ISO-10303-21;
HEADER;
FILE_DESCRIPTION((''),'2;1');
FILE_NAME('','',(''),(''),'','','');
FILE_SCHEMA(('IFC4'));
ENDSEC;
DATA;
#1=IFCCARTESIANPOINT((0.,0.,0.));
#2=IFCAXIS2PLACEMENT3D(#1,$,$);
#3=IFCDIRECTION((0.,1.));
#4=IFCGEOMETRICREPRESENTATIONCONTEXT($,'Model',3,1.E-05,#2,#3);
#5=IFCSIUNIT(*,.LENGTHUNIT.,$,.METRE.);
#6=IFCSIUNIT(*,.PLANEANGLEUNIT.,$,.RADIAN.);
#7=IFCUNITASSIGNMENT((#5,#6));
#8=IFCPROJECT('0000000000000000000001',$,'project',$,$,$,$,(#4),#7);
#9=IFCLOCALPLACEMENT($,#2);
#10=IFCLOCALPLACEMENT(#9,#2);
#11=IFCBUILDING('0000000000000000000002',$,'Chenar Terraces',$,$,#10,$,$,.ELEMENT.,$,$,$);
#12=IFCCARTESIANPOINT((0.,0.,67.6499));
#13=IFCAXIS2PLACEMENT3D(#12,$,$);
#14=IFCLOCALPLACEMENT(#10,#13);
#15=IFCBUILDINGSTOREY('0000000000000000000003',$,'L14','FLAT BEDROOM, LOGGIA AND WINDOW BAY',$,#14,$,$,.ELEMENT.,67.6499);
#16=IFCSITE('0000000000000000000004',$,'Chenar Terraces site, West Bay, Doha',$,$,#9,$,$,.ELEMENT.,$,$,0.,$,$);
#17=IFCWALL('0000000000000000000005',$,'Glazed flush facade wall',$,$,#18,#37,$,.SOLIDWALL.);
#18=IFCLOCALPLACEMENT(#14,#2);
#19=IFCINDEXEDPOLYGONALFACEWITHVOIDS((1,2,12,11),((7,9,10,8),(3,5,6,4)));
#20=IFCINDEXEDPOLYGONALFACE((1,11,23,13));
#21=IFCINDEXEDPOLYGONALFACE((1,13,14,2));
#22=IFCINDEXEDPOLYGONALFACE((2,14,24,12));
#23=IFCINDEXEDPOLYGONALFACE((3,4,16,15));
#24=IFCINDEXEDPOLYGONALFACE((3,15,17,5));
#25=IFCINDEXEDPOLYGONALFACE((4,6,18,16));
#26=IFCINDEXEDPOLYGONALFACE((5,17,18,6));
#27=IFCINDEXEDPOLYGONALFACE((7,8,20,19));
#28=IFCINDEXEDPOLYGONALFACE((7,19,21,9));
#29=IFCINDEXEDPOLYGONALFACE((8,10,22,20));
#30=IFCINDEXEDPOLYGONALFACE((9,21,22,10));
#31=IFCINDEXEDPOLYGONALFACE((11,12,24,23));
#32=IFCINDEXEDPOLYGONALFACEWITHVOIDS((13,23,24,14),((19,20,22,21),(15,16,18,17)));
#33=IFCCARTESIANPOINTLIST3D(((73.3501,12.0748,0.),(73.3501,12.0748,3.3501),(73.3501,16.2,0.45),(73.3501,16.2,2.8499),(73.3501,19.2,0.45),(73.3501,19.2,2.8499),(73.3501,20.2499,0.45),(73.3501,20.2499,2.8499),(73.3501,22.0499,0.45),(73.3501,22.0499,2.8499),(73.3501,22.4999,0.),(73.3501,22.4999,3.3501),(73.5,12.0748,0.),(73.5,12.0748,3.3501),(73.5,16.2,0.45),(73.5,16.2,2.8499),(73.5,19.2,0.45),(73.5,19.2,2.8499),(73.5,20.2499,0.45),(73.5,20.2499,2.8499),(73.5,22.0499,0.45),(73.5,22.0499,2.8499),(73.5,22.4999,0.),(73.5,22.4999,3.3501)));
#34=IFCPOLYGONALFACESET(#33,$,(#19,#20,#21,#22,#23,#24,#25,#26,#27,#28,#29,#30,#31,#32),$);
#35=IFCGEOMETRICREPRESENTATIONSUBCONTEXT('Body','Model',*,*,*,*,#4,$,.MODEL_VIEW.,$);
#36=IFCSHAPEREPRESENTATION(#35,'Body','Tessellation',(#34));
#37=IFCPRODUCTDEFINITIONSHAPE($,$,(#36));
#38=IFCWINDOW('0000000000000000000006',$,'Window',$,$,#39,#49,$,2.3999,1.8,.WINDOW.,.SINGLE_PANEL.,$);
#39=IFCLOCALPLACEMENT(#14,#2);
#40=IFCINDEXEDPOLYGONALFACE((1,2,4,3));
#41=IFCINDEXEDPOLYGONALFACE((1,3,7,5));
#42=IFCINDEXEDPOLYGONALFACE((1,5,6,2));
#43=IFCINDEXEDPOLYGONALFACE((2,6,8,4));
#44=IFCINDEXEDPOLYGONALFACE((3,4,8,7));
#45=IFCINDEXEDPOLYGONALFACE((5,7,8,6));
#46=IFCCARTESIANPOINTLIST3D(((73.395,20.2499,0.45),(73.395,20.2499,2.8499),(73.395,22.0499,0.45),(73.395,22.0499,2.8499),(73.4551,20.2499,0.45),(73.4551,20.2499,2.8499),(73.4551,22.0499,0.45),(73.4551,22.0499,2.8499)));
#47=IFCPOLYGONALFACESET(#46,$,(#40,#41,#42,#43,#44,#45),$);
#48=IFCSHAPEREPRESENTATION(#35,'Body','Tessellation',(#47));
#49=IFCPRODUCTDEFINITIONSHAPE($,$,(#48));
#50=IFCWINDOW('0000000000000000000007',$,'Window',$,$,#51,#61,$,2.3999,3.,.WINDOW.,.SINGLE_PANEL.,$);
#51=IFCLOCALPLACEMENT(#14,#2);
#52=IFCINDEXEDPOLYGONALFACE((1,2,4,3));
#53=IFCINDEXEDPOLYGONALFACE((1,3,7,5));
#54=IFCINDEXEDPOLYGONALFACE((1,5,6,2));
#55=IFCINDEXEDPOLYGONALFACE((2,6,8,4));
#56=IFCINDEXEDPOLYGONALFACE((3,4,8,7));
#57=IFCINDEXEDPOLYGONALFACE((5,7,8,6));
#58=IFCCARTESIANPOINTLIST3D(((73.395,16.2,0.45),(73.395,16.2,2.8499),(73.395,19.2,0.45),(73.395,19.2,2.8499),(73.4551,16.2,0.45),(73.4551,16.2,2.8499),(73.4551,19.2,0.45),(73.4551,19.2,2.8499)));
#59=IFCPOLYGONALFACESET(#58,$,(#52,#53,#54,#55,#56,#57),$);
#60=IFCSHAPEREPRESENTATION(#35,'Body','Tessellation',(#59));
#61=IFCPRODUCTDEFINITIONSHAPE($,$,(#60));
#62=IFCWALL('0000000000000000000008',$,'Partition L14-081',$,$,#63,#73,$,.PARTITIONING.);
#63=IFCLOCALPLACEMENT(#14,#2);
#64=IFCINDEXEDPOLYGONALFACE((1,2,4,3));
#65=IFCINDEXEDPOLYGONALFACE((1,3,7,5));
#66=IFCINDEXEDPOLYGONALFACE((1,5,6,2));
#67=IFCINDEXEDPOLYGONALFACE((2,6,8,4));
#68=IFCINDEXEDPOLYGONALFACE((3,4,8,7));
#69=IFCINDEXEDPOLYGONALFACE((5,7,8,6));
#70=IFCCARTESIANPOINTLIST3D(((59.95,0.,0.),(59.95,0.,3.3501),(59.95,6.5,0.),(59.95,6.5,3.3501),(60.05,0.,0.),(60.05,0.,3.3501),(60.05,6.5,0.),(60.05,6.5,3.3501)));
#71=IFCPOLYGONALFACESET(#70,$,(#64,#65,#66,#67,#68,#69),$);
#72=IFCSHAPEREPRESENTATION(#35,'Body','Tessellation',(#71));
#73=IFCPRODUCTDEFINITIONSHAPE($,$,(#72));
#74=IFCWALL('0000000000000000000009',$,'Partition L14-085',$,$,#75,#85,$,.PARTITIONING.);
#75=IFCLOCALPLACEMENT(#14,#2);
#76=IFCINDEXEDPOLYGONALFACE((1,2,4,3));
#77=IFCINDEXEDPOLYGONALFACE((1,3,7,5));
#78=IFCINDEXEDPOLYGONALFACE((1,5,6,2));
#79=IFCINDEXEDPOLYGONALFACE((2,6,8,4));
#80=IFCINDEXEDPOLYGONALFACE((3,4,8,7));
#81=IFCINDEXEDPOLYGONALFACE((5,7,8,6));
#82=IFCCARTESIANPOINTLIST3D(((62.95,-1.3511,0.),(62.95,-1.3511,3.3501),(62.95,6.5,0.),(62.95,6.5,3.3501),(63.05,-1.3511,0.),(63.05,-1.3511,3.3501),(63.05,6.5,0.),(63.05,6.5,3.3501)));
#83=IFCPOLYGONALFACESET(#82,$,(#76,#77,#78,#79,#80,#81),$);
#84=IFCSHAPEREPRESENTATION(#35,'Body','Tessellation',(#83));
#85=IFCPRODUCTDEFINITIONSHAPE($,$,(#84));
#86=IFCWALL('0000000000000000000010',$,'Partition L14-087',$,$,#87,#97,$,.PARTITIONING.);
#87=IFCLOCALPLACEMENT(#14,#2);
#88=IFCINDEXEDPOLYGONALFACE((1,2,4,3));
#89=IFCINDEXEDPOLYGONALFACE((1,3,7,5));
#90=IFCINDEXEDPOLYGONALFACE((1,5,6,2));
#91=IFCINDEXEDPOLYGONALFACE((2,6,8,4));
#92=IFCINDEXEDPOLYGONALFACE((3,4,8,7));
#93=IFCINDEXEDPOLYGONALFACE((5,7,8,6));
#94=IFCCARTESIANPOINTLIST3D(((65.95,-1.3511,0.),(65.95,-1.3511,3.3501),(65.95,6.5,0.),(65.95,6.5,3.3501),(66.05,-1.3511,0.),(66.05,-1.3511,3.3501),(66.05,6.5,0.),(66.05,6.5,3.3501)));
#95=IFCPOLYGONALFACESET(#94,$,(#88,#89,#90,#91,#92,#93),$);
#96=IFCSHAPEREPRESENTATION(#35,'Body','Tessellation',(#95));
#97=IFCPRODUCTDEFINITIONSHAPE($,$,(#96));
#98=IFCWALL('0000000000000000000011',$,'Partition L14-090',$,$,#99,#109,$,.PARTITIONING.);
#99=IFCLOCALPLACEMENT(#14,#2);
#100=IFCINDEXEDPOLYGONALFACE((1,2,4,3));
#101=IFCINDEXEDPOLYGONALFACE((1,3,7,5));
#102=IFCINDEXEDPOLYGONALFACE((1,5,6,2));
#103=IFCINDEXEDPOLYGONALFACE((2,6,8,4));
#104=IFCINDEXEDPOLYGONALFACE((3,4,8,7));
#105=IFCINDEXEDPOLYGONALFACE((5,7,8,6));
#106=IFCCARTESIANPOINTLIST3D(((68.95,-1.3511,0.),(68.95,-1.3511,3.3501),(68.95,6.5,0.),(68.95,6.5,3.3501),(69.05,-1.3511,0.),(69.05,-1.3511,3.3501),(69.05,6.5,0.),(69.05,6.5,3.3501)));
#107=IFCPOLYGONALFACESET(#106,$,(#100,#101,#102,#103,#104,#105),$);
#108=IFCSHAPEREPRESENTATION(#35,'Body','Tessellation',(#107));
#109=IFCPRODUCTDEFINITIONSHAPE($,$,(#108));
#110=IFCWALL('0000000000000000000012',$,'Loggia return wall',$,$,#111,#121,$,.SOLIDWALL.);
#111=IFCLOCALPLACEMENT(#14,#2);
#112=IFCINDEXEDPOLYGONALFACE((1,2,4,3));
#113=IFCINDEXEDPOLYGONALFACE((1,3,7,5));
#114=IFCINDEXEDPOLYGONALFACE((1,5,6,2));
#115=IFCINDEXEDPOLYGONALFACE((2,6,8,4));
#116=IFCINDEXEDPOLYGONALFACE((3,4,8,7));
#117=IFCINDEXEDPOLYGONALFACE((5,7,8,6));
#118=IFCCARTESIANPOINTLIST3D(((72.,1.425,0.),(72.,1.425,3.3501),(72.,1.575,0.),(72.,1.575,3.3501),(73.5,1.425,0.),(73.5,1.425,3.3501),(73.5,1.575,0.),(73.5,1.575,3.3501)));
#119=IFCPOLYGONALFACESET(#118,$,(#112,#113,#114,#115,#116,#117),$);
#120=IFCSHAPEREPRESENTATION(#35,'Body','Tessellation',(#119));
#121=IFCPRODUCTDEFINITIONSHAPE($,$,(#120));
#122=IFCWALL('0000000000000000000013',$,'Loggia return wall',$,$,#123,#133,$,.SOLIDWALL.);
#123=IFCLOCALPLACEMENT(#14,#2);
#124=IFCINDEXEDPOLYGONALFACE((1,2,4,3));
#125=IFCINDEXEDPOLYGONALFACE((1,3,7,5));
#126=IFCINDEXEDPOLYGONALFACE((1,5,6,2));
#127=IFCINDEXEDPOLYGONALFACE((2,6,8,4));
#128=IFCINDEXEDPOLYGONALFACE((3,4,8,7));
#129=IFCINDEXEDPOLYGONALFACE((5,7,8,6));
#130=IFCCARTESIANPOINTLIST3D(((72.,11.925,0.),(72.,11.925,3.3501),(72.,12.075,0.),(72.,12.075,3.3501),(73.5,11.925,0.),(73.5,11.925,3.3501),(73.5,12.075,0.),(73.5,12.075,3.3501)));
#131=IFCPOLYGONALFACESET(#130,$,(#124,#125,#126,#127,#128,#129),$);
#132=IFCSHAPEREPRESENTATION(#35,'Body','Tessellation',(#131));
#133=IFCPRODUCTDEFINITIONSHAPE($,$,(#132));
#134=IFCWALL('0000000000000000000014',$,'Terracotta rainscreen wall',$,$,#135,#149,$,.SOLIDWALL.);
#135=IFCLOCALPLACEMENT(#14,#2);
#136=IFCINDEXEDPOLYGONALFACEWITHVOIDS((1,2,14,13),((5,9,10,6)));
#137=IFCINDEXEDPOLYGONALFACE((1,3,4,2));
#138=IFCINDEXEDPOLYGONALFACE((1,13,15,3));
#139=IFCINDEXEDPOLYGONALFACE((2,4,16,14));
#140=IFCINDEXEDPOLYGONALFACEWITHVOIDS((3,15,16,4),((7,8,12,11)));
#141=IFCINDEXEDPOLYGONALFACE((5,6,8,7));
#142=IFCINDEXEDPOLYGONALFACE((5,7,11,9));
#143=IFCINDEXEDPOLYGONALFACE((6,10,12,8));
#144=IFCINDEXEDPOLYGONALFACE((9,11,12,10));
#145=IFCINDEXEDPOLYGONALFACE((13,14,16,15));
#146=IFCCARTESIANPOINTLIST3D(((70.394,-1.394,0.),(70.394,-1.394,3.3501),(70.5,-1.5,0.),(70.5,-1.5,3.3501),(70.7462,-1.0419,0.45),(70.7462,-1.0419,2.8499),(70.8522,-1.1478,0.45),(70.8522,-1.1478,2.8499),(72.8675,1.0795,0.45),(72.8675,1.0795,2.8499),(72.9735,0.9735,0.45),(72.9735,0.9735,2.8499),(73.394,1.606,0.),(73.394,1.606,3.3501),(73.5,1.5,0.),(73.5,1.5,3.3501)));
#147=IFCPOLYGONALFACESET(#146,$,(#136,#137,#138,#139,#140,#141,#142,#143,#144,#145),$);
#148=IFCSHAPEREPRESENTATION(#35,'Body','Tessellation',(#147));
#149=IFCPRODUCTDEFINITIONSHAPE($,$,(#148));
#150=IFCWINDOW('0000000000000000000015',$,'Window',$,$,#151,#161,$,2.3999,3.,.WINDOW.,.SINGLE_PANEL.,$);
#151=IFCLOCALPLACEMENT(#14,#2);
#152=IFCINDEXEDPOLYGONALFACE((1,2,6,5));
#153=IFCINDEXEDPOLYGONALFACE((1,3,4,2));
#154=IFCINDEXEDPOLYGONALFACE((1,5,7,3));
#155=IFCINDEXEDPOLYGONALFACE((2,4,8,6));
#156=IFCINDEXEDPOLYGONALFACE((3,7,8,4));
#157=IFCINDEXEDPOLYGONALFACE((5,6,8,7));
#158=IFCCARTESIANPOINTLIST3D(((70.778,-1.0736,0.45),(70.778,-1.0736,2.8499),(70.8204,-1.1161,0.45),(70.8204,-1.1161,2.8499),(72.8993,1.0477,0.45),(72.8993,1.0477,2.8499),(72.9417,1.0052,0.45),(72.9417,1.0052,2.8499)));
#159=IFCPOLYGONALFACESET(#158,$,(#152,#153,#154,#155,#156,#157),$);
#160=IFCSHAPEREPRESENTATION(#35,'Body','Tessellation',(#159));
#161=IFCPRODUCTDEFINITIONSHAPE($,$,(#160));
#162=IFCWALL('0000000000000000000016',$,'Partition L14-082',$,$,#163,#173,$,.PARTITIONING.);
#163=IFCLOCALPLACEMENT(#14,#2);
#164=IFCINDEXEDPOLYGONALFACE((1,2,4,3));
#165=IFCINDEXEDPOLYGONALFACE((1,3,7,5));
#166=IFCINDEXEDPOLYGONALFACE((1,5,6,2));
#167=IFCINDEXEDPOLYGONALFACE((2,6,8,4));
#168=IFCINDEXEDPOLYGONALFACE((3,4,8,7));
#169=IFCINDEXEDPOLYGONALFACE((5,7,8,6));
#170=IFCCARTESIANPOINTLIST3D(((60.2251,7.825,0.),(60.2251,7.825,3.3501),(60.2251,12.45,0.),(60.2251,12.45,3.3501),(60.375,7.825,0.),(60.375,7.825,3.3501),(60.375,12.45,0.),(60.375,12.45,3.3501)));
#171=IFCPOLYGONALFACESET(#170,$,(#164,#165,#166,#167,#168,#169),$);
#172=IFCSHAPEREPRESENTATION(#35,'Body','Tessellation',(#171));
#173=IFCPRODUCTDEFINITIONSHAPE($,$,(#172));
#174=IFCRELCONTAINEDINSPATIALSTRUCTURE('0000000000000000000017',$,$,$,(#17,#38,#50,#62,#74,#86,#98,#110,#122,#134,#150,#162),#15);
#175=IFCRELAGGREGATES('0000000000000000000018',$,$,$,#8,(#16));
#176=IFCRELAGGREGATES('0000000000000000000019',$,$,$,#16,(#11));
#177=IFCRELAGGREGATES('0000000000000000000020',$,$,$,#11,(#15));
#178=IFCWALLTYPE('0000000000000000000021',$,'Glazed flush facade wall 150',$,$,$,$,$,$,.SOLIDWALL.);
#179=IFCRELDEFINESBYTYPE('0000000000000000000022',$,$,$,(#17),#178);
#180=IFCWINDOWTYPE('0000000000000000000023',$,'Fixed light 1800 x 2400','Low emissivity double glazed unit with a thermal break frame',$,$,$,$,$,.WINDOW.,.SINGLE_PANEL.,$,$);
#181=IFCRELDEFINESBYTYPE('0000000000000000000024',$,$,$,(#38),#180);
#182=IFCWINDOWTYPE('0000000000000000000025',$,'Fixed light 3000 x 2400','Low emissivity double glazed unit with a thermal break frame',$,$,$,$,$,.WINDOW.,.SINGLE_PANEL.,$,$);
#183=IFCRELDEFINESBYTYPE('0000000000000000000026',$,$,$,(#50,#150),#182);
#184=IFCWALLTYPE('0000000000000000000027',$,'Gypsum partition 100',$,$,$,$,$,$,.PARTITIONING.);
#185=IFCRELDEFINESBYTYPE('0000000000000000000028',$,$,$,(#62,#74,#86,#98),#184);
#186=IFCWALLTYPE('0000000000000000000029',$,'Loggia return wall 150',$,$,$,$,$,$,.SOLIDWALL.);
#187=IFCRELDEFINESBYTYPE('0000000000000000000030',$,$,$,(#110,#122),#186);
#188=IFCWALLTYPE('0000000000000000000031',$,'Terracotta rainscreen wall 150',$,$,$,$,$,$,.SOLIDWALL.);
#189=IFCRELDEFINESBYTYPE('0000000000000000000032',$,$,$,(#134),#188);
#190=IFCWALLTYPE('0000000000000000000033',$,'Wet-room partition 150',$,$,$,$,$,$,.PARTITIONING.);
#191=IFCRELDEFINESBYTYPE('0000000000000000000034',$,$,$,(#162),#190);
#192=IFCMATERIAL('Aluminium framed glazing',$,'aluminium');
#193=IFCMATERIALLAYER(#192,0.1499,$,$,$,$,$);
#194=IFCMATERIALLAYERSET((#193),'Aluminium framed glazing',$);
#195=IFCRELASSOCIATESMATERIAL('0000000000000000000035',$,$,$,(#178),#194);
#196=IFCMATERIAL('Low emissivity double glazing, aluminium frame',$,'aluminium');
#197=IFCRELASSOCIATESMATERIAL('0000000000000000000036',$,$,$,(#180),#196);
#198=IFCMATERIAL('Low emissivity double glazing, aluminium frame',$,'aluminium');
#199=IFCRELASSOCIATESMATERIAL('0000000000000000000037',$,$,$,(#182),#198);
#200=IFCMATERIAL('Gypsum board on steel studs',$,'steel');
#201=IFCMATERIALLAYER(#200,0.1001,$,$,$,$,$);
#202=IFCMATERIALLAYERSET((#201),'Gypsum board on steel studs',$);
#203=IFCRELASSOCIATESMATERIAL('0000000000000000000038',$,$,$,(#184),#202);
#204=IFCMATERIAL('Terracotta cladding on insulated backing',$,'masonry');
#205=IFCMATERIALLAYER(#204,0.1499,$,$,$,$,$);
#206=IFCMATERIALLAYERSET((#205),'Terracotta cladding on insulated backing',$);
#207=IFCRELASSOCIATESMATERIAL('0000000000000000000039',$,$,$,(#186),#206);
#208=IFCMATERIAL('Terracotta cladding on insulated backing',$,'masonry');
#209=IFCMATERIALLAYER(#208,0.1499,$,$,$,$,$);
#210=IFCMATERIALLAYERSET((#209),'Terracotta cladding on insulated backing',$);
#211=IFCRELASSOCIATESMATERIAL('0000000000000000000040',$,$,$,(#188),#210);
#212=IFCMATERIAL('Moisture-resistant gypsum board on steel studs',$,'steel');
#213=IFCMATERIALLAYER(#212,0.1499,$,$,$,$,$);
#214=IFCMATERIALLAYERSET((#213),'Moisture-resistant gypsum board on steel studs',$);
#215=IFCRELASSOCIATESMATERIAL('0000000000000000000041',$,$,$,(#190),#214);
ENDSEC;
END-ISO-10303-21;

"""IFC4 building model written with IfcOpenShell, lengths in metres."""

from ifc_helpers import new_model, si_unit, direction, frame, frame_2d, origin, place, context, subcontext, project, spatial, rectangle, extrude, material, layer, layer_set, type_object, element, fill, save


model = new_model("IFC4")

# Units and contexts
model_context = context("Model", 3, precision=1e-05, world=origin(), true_north=direction((0.0, 1.0)))
body_context = subcontext(model_context, "Body", "Model", "MODEL_VIEW")
ifc_project = project(units=[si_unit("LENGTHUNIT", "METRE"), si_unit("PLANEANGLEUNIT", "RADIAN")], contexts=[model_context])

# Site, building, storey
site_placement = place(None, origin())
site = spatial("IfcSite", under=ifc_project, at=site_placement, Name="Chenar Terraces site, West Bay, Doha", CompositionType="ELEMENT", RefElevation=0.0)
building_placement = place(site_placement, origin())
building = spatial("IfcBuilding", under=site, at=building_placement, Name="Chenar Terraces", CompositionType="ELEMENT")
storey_placement = place(building_placement, frame((0.0, 0.0, 67.6499)))
storey = spatial("IfcBuildingStorey", under=building, at=storey_placement, Name="L14", Description="FLAT BEDROOM, LOGGIA AND WINDOW BAY", CompositionType="ELEMENT", Elevation=67.6499)

# Wall, openings, windows
ifc_material_1 = material(Name="Aluminium framed glazing", Category="aluminium")
ifc_layer_1 = layer(ifc_material_1, 0.1499)
ifc_layer_set_1 = layer_set([ifc_layer_1], Name="Aluminium framed glazing")
wall_type_1 = type_object("IfcWallType", Name="Glazed flush facade wall 150", PredefinedType="SOLIDWALL", material=ifc_layer_set_1)
ifc_material_2 = material(Name="Low emissivity double glazing, aluminium frame", Category="aluminium")
window_type_1 = type_object("IfcWindowType", Name="Fixed light 1800 x 2400", Description="Low emissivity double glazed unit with a thermal break frame", PartitioningType="SINGLE_PANEL", PredefinedType="WINDOW", material=ifc_material_2)
wall_1_placement = place(storey_placement, frame((73.425, 12.075, 0.0), z_axis=(0.0, 0.0, 1.0), x_axis=(0.0, 1.0, 0.0)))
wall_1 = element("IfcWall", 1, at=wall_1_placement, inside=storey, type_object=wall_type_1, Name="Glazed flush facade wall", PredefinedType="SOLIDWALL", context=body_context, shape_type="SweptSolid", body=[
    extrude(rectangle(XDim=10.425, YDim=0.1499, at=frame_2d((5.2124, 0.0))), origin(), (0.0, 0.0, 1.0), 3.3501),
])
opening_1_placement = place(wall_1_placement, frame((4.125, 0.0, 0.45)))
opening_1 = element("IfcOpeningElement", 2, at=opening_1_placement, cuts=wall_1, PredefinedType="OPENING", context=body_context, shape_type="SweptSolid", body=[
    extrude(rectangle(XDim=3.0, YDim=2.3999, at=frame_2d((1.5, 1.2))), frame((0.0, 0.085, 0.0), z_axis=(0.0, -1.0, 0.0), x_axis=(1.0, 0.0, 0.0)), (0.0, 0.0, 1.0), 0.1699),
])
opening_2_placement = place(wall_1_placement, frame((8.175, 0.0, 0.45)))
opening_2 = element("IfcOpeningElement", 3, at=opening_2_placement, cuts=wall_1, PredefinedType="OPENING", context=body_context, shape_type="SweptSolid", body=[
    extrude(rectangle(XDim=1.8, YDim=2.3999, at=frame_2d((0.8999, 1.2))), frame((0.0, 0.085, 0.0), z_axis=(0.0, -1.0, 0.0), x_axis=(1.0, 0.0, 0.0)), (0.0, 0.0, 1.0), 0.1699),
])
window_1_placement = place(opening_2_placement, origin())
window_1 = element("IfcWindow", 4, at=window_1_placement, inside=storey, type_object=window_type_1, Name="Window", OverallHeight=2.3999, OverallWidth=1.8, PartitioningType="SINGLE_PANEL", PredefinedType="WINDOW", context=body_context, shape_type="SweptSolid", body=[
    extrude(rectangle(XDim=1.8, YDim=2.3999, at=frame_2d((0.8999, 1.2))), frame((0.0, 0.03, 0.0), z_axis=(0.0, -1.0, 0.0), x_axis=(1.0, 0.0, 0.0)), (0.0, 0.0, 1.0), 0.0601),
])
fill(opening_2, window_1)
ifc_material_3 = material(Name="Low emissivity double glazing, aluminium frame", Category="aluminium")
window_type_2 = type_object("IfcWindowType", Name="Fixed light 3000 x 2400", Description="Low emissivity double glazed unit with a thermal break frame", PartitioningType="SINGLE_PANEL", PredefinedType="WINDOW", material=ifc_material_3)
window_2_placement = place(opening_1_placement, origin())
window_2 = element("IfcWindow", 5, at=window_2_placement, inside=storey, type_object=window_type_2, Name="Window", OverallHeight=2.3999, OverallWidth=3.0, PartitioningType="SINGLE_PANEL", PredefinedType="WINDOW", context=body_context, shape_type="SweptSolid", body=[
    extrude(rectangle(XDim=3.0, YDim=2.3999, at=frame_2d((1.5, 1.2))), frame((0.0, 0.03, 0.0), z_axis=(0.0, -1.0, 0.0), x_axis=(1.0, 0.0, 0.0)), (0.0, 0.0, 1.0), 0.0601),
])
fill(opening_1, window_2)

# Walls
ifc_material_4 = material(Name="Gypsum board on steel studs", Category="steel")
ifc_layer_2 = layer(ifc_material_4, 0.1001)
ifc_layer_set_2 = layer_set([ifc_layer_2], Name="Gypsum board on steel studs")
wall_type_2 = type_object("IfcWallType", Name="Gypsum partition 100", PredefinedType="PARTITIONING", material=ifc_layer_set_2)
wall_2_placement = place(storey_placement, frame((60.0, 0.0, 0.0), z_axis=(0.0, 0.0, 1.0), x_axis=(0.0, 1.0, 0.0)))
element("IfcWall", 6, at=wall_2_placement, inside=storey, type_object=wall_type_2, Name="Partition L14-081", PredefinedType="PARTITIONING", context=body_context, shape_type="SweptSolid", body=[
    extrude(rectangle(XDim=6.5, YDim=0.1001, at=frame_2d((3.25, 0.0))), origin(), (0.0, 0.0, 1.0), 3.3501),
])
for number, where, z_axis, x_axis, name in (
    (7, (63.0, -1.3511, 0.0), (0.0, 0.0, 1.0), (0.0, 1.0, 0.0), "Partition L14-085"),
    (8, (66.0, -1.3511, 0.0), (0.0, 0.0, 1.0), (0.0, 1.0, 0.0), "Partition L14-087"),
    (9, (69.0, -1.3511, 0.0), (0.0, 0.0, 1.0), (0.0, 1.0, 0.0), "Partition L14-090"),
):
    element("IfcWall", number, at=place(storey_placement, frame(where, z_axis=z_axis, x_axis=x_axis)), inside=storey, type_object=wall_type_2, Name=name, PredefinedType="PARTITIONING", context=body_context, shape_type="SweptSolid", body=[
        extrude(rectangle(XDim=7.8511, YDim=0.1001, at=frame_2d((3.9255, 0.0))), origin(), (0.0, 0.0, 1.0), 3.3501),
    ])
ifc_material_5 = material(Name="Terracotta cladding on insulated backing", Category="masonry")
ifc_layer_3 = layer(ifc_material_5, 0.1499)
ifc_layer_set_3 = layer_set([ifc_layer_3], Name="Terracotta cladding on insulated backing")
wall_type_3 = type_object("IfcWallType", Name="Loggia return wall 150", PredefinedType="SOLIDWALL", material=ifc_layer_set_3)
for number, where, z_axis, x_axis, name in (
    (10, (73.5, 1.5, 0.0), (0.0, 0.0, 1.0), (-1.0, 0.0, 0.0), "Loggia return wall"),
    (11, (73.5, 12.0, 0.0), (0.0, 0.0, 1.0), (-1.0, 0.0, 0.0), "Loggia return wall"),
):
    element("IfcWall", number, at=place(storey_placement, frame(where, z_axis=z_axis, x_axis=x_axis)), inside=storey, type_object=wall_type_3, Name=name, PredefinedType="SOLIDWALL", context=body_context, shape_type="SweptSolid", body=[
        extrude(rectangle(XDim=1.5, YDim=0.1499, at=frame_2d((0.75, 0.0))), origin(), (0.0, 0.0, 1.0), 3.3501),
    ])

# Wall, opening, window
ifc_material_6 = material(Name="Terracotta cladding on insulated backing", Category="masonry")
ifc_layer_4 = layer(ifc_material_6, 0.1499)
ifc_layer_set_4 = layer_set([ifc_layer_4], Name="Terracotta cladding on insulated backing")
wall_type_4 = type_object("IfcWallType", Name="Terracotta rainscreen wall 150", PredefinedType="SOLIDWALL", material=ifc_layer_set_4)
wall_3_placement = place(storey_placement, frame((70.447, -1.447, 0.0), z_axis=(0.0, 0.0, 1.0), x_axis=(0.707107, 0.707107, 0.0)))
wall_3 = element("IfcWall", 12, at=wall_3_placement, inside=storey, type_object=wall_type_4, Name="Terracotta rainscreen wall", PredefinedType="SOLIDWALL", context=body_context, shape_type="SweptSolid", body=[
    extrude(rectangle(XDim=4.2427, YDim=0.1499, at=frame_2d((2.1213, 0.0))), origin(), (0.0, 0.0, 1.0), 3.3501),
])
opening_3_placement = place(wall_3_placement, frame((0.498, 0.0, 0.45)))
opening_3 = element("IfcOpeningElement", 13, at=opening_3_placement, cuts=wall_3, PredefinedType="OPENING", context=body_context, shape_type="SweptSolid", body=[
    extrude(rectangle(XDim=3.0, YDim=2.3999, at=frame_2d((1.5, 1.2))), frame((0.0, 0.085, 0.0), z_axis=(0.0, -1.0, 0.0), x_axis=(1.0, 0.0, 0.0)), (0.0, 0.0, 1.0), 0.1699),
])
window_3_placement = place(opening_3_placement, origin())
window_3 = element("IfcWindow", 14, at=window_3_placement, inside=storey, type_object=window_type_2, Name="Window", OverallHeight=2.3999, OverallWidth=3.0, PartitioningType="SINGLE_PANEL", PredefinedType="WINDOW", context=body_context, shape_type="SweptSolid", body=[
    extrude(rectangle(XDim=3.0, YDim=2.3999, at=frame_2d((1.5, 1.2))), frame((0.0, 0.03, 0.0), z_axis=(0.0, -1.0, 0.0), x_axis=(1.0, 0.0, 0.0)), (0.0, 0.0, 1.0), 0.0601),
])
fill(opening_3, window_3)

# Wall
ifc_material_7 = material(Name="Moisture-resistant gypsum board on steel studs", Category="steel")
ifc_layer_5 = layer(ifc_material_7, 0.1499)
ifc_layer_set_5 = layer_set([ifc_layer_5], Name="Moisture-resistant gypsum board on steel studs")
wall_type_5 = type_object("IfcWallType", Name="Wet-room partition 150", PredefinedType="PARTITIONING", material=ifc_layer_set_5)
for number, where, z_axis, x_axis, name in (
    (15, (60.3, 7.825, 0.0), (0.0, 0.0, 1.0), (0.0, 1.0, 0.0), "Partition L14-082"),
):
    element("IfcWall", number, at=place(storey_placement, frame(where, z_axis=z_axis, x_axis=x_axis)), inside=storey, type_object=wall_type_5, Name=name, PredefinedType="PARTITIONING", context=body_context, shape_type="SweptSolid", body=[
        extrude(rectangle(XDim=4.625, YDim=0.1499, at=frame_2d((2.3125, 0.0))), origin(), (0.0, 0.0, 1.0), 3.3501),
    ])

save(model, "model.ifc")
